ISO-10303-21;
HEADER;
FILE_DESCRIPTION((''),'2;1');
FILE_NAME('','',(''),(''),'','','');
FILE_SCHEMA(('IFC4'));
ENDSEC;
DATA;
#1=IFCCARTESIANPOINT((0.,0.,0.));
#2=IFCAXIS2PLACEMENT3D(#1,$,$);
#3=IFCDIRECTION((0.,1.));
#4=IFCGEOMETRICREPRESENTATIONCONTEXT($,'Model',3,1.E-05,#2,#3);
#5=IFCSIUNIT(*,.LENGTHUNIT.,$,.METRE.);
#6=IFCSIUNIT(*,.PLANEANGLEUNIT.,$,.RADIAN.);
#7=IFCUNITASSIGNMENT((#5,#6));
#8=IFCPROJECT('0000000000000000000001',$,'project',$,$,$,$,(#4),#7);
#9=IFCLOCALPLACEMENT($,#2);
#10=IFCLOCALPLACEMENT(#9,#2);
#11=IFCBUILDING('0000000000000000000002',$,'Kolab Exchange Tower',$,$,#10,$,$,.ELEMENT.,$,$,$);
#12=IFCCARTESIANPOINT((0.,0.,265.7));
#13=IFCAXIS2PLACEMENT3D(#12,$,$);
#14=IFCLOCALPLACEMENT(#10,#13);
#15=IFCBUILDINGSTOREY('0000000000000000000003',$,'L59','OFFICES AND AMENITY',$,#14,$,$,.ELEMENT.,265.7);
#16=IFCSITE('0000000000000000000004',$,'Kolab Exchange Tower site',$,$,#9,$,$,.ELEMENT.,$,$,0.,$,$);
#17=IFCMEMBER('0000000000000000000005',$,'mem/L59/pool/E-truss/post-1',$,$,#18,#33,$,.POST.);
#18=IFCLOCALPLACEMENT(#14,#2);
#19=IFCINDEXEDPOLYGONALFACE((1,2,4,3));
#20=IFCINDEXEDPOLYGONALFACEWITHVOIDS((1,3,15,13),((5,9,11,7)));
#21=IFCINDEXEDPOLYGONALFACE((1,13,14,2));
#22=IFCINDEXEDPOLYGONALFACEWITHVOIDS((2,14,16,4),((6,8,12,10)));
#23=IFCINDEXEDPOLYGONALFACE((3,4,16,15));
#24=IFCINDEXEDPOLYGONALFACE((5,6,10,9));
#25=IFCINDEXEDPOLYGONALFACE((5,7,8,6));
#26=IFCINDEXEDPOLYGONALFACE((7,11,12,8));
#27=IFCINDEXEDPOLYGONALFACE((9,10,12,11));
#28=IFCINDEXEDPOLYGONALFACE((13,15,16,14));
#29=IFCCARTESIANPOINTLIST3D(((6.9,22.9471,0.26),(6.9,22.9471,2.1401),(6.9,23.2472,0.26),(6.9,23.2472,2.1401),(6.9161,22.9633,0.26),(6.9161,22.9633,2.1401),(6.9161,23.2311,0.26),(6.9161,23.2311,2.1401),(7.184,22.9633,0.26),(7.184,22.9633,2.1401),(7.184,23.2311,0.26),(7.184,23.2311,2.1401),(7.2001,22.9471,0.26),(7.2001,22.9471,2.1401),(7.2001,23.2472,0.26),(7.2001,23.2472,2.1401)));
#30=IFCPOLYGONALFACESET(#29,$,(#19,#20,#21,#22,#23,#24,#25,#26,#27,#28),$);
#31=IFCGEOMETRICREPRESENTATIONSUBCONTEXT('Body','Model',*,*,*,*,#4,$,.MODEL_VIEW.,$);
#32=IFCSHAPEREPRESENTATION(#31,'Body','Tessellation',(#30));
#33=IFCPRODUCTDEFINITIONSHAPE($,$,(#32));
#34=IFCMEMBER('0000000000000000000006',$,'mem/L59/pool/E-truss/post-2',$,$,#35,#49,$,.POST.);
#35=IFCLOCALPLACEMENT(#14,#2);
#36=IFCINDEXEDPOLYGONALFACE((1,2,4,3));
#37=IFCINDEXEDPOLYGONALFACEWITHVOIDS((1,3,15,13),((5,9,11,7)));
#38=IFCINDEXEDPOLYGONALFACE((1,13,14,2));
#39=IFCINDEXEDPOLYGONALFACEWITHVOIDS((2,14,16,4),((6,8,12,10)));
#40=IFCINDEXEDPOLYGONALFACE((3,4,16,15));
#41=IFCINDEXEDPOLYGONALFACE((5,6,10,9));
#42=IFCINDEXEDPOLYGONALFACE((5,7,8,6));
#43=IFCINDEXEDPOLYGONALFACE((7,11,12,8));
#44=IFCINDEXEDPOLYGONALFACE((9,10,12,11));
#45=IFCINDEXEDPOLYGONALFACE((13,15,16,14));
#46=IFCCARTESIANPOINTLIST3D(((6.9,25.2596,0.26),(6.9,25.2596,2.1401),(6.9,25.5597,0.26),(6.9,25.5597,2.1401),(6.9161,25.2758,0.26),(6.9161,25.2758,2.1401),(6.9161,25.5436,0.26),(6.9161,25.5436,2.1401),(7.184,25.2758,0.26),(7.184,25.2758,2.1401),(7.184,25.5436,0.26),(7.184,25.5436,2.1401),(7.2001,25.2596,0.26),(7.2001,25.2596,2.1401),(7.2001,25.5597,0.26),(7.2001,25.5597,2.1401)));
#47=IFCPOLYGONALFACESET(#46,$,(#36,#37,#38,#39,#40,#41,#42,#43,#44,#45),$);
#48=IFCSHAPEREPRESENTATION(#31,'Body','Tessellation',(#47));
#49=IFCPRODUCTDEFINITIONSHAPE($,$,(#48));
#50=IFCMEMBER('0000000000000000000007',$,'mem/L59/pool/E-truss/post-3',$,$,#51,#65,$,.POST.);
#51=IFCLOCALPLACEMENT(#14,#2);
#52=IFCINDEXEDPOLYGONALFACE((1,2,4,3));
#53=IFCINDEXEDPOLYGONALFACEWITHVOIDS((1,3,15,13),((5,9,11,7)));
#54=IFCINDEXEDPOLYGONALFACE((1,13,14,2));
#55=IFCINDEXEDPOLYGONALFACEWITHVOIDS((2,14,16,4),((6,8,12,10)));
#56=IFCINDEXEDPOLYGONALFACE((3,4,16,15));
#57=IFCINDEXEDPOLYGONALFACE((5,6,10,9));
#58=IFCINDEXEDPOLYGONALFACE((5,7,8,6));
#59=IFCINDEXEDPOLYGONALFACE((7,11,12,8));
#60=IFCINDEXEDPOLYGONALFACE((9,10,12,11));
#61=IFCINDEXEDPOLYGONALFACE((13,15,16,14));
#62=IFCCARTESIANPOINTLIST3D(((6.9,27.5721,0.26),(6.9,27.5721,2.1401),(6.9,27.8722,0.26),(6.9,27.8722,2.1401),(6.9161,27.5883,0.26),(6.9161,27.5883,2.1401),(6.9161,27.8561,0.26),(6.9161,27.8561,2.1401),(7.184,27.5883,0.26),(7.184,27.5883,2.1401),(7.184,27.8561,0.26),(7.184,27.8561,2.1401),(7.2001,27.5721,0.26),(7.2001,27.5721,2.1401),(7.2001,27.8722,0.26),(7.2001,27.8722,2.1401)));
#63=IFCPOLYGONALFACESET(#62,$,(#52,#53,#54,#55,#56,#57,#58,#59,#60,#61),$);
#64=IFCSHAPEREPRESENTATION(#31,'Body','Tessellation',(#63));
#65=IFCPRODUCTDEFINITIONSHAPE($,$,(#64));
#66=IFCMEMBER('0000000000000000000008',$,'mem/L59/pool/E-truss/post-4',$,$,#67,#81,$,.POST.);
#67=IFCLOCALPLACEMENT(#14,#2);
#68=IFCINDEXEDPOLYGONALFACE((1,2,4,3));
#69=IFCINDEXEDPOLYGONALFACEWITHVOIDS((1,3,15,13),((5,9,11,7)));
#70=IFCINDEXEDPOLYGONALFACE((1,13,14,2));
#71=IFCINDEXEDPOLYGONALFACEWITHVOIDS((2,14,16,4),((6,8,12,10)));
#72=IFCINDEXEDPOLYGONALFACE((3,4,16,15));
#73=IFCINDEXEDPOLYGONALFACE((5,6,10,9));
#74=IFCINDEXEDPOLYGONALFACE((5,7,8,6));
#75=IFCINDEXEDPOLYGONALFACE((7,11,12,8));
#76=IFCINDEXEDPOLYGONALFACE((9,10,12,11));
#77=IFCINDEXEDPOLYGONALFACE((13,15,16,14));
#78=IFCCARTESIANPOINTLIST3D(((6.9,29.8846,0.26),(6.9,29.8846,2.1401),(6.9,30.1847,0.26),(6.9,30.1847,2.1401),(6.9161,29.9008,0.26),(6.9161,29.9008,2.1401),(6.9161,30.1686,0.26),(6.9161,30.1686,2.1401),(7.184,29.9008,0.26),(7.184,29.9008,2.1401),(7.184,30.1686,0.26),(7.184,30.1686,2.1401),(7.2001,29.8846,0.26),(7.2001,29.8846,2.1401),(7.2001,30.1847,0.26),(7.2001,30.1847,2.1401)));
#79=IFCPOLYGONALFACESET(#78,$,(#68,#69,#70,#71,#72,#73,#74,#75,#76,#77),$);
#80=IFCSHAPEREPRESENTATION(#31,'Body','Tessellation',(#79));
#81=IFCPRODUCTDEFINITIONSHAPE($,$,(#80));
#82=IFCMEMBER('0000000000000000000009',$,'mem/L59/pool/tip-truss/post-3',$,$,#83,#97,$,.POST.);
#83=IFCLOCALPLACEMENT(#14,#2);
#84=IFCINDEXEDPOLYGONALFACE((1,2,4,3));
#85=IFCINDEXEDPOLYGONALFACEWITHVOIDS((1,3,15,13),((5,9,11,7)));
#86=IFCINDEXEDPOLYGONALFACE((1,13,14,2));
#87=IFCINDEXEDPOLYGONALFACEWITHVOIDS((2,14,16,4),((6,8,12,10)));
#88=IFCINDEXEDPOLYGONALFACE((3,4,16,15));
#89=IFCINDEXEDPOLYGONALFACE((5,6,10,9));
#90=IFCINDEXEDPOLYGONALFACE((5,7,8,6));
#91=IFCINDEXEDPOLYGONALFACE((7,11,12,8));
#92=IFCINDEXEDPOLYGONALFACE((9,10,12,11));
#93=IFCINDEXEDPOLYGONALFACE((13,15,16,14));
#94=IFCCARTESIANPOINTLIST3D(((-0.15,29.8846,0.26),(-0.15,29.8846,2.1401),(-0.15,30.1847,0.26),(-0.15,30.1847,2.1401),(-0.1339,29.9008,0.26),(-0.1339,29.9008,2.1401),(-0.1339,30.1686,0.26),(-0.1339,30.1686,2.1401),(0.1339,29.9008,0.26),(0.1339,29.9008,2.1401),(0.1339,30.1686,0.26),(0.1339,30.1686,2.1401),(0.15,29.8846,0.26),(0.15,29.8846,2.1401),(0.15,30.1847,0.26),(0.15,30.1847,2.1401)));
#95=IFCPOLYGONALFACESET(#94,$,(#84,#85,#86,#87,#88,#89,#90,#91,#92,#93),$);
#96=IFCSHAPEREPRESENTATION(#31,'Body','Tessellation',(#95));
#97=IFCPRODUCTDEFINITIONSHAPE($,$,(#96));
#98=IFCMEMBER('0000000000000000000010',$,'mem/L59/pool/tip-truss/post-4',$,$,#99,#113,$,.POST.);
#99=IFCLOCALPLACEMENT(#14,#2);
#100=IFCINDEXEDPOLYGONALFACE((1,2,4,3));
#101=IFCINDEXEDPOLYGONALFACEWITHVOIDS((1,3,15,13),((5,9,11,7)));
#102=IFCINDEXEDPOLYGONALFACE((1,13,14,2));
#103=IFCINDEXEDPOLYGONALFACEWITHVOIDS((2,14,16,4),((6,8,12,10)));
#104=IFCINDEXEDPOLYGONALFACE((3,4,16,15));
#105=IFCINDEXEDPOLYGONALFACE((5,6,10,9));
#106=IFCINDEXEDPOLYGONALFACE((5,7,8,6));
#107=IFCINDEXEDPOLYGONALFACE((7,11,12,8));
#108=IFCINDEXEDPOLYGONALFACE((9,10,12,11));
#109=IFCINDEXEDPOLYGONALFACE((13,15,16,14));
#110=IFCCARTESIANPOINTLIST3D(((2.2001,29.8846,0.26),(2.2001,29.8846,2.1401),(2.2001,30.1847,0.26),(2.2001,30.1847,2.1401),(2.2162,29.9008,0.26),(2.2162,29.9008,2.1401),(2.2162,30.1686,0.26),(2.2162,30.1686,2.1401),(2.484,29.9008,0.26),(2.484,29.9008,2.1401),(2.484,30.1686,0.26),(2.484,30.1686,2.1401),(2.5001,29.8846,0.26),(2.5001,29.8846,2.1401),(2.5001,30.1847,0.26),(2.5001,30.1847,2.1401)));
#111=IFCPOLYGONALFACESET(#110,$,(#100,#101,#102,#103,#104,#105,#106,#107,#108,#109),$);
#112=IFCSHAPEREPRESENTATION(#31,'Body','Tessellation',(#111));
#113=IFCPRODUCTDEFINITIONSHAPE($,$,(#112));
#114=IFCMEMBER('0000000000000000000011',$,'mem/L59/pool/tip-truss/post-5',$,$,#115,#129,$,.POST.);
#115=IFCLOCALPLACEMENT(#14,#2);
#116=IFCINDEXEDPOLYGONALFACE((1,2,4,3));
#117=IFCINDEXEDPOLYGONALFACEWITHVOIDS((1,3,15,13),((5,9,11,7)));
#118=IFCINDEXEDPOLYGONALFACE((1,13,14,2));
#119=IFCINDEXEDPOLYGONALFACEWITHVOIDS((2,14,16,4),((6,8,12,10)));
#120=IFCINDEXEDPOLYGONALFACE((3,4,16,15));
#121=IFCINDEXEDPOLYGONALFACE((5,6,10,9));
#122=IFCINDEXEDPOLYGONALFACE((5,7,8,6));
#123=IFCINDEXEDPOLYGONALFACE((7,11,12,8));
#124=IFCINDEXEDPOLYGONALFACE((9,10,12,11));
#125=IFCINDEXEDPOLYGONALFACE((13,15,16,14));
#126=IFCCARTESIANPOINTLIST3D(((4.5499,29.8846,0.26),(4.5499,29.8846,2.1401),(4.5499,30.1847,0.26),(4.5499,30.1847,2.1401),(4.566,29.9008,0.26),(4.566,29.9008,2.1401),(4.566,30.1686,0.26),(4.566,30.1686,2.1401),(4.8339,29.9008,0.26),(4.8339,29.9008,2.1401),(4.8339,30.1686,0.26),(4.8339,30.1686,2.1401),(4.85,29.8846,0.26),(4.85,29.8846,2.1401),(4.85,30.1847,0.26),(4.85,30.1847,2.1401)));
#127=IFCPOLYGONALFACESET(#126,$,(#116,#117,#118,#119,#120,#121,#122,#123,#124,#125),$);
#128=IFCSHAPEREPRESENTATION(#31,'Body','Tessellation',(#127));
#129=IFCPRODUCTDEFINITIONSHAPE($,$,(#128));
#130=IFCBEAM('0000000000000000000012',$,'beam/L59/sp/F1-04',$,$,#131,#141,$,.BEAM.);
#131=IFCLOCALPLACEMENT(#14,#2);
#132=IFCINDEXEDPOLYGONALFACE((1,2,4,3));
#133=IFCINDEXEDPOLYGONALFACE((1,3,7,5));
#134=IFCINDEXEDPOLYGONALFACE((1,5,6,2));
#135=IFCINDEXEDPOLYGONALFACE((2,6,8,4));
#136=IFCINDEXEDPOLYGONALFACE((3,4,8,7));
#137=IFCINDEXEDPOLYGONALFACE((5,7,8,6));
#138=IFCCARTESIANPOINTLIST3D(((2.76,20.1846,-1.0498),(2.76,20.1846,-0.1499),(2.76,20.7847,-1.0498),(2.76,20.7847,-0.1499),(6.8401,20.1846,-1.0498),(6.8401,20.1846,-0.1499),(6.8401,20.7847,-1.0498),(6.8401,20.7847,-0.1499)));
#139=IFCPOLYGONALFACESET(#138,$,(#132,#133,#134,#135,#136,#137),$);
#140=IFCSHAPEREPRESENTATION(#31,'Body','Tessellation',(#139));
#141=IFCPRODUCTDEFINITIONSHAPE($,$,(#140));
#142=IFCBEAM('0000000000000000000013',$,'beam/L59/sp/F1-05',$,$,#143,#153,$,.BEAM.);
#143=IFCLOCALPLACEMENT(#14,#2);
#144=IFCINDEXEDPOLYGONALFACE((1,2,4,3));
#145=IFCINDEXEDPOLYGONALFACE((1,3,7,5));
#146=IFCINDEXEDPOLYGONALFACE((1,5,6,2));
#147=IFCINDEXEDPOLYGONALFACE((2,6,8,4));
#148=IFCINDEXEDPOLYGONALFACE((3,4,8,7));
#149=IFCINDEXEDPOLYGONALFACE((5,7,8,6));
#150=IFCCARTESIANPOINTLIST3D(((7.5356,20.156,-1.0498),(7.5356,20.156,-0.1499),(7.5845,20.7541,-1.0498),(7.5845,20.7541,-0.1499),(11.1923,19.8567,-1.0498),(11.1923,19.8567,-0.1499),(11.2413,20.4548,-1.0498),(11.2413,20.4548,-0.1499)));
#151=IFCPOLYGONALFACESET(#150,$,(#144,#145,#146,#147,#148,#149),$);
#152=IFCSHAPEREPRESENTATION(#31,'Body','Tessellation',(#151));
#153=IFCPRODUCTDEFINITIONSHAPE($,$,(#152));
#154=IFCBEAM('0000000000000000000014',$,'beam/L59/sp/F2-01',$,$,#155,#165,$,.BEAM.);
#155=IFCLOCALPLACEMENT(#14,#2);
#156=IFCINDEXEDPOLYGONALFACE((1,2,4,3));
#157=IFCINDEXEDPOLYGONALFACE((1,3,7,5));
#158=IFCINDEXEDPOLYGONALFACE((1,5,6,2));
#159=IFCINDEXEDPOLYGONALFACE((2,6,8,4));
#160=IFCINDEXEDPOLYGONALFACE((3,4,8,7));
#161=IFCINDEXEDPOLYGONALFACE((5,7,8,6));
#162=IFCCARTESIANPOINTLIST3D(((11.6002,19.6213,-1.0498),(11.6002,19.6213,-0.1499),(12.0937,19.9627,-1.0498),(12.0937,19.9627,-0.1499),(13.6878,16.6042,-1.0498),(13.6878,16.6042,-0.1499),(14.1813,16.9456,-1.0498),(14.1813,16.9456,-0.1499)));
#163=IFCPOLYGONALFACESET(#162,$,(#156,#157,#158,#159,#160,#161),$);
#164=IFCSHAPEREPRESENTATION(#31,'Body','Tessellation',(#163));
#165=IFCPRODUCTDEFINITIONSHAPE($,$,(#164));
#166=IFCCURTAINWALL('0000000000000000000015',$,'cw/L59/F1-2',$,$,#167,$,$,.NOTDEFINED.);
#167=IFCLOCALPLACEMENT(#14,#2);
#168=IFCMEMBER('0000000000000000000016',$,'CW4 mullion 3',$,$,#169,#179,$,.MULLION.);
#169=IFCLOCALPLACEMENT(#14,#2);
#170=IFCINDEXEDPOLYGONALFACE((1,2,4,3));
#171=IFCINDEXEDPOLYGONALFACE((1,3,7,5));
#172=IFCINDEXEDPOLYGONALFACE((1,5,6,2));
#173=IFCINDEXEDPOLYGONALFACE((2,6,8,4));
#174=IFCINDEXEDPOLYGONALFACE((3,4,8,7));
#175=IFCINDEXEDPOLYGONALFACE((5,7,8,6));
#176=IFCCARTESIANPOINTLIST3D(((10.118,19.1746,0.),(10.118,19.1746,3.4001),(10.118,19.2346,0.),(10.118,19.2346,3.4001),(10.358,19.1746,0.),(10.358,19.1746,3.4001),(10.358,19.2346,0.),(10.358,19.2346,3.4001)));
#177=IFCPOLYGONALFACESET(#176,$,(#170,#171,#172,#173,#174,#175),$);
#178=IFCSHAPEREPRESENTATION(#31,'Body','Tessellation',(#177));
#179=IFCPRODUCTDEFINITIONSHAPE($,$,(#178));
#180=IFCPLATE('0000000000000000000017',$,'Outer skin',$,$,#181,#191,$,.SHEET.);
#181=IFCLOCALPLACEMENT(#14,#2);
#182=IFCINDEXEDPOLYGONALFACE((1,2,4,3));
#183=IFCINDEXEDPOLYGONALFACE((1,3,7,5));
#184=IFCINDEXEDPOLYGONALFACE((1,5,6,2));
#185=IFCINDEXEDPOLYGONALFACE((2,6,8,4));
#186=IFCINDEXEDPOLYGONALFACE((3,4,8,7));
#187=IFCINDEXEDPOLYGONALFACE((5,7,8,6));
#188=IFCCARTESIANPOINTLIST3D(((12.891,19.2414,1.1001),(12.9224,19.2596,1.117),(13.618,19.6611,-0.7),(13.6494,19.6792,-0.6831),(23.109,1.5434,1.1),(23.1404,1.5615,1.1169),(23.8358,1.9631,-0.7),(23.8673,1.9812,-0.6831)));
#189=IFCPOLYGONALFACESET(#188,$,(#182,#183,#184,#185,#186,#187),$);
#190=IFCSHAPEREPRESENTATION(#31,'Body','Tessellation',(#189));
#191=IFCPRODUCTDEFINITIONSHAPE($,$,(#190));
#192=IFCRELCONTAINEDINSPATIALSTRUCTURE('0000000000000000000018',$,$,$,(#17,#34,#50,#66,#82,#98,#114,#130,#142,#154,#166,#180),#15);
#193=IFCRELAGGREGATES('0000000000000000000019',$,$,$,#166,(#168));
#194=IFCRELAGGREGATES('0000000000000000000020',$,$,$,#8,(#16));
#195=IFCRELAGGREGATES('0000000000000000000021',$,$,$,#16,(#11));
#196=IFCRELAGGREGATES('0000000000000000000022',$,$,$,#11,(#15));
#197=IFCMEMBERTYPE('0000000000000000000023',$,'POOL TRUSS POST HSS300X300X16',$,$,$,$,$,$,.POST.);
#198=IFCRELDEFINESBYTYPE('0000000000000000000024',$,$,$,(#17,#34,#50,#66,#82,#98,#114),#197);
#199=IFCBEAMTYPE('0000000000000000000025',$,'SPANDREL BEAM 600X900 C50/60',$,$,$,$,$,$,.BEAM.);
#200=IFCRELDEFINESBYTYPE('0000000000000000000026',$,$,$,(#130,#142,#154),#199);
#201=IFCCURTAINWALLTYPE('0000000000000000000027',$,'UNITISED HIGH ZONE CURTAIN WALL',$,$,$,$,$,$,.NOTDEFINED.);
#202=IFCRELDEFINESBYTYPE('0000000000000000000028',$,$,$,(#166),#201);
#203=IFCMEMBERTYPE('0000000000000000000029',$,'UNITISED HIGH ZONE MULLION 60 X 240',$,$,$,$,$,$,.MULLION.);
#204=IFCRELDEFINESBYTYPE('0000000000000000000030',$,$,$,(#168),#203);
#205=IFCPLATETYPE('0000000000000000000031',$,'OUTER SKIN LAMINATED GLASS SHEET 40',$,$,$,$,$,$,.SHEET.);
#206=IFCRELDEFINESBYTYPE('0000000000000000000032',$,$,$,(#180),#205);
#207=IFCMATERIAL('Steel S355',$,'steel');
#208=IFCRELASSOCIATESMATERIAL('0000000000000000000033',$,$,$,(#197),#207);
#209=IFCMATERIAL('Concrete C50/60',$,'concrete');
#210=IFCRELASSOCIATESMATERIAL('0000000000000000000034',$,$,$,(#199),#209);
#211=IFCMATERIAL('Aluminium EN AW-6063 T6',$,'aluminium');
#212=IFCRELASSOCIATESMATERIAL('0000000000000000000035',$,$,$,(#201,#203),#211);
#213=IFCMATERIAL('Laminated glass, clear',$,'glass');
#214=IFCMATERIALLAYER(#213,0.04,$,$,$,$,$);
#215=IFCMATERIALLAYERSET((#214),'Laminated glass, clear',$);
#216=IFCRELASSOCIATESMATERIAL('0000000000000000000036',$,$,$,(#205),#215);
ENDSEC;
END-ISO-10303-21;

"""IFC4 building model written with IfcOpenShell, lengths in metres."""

from ifc_helpers import new_model, si_unit, direction, frame, origin, origin_2d, place, context, subcontext, project, spatial, polyline, rectangle, hollow_rectangle, outline, extrude, material, layer, layer_set, material_profile, profile_set, type_object, element, aggregate, save


model = new_model("IFC4")

# Units and contexts
model_context = context("Model", 3, precision=1e-05, world=origin(), true_north=direction((0.0, 1.0)))
body_context = subcontext(model_context, "Body", "Model", "MODEL_VIEW")
ifc_project = project(units=[si_unit("LENGTHUNIT", "METRE"), si_unit("PLANEANGLEUNIT", "RADIAN")], contexts=[model_context])

# Site, building, storey
site_placement = place(None, origin())
site = spatial("IfcSite", under=ifc_project, at=site_placement, Name="Kolab Exchange Tower site", CompositionType="ELEMENT", RefElevation=0.0)
building_placement = place(site_placement, origin())
building = spatial("IfcBuilding", under=site, at=building_placement, Name="Kolab Exchange Tower", CompositionType="ELEMENT")
storey_placement = place(building_placement, frame((0.0, 0.0, 265.7)))
storey = spatial("IfcBuildingStorey", under=building, at=storey_placement, Name="L59", Description="OFFICES AND AMENITY", CompositionType="ELEMENT", Elevation=265.7)

# Shared definitions
ifc_material_1 = material(Name="Concrete C50/60", Category="concrete")

# Shared definitions
ifc_material_2 = material(Name="Steel S355", Category="steel")

# Members
ifc_material_profile_1 = material_profile(ifc_material_2, hollow_rectangle(XDim=0.3, YDim=0.3, WallThickness=0.0161, at=origin_2d()), Name="HSS300X300X16")
ifc_profile_set_1 = profile_set([ifc_material_profile_1], Name="Steel S355")
member_type_1 = type_object("IfcMemberType", Name="POOL TRUSS POST HSS300X300X16", PredefinedType="POST", material=ifc_profile_set_1)
for number, where, z_axis, x_axis, name in (
    (1, (7.05, 23.0972, 0.26), (0.0, 0.0, 1.0), (1.0, 0.0, 0.0), "mem/L59/pool/E-truss/post-1"),
    (2, (7.05, 25.4097, 0.26), (0.0, 0.0, 1.0), (1.0, 0.0, 0.0), "mem/L59/pool/E-truss/post-2"),
    (3, (7.05, 27.7222, 0.26), (0.0, 0.0, 1.0), (1.0, 0.0, 0.0), "mem/L59/pool/E-truss/post-3"),
    (4, (7.05, 30.0347, 0.26), (0.0, 0.0, 1.0), (1.0, 0.0, 0.0), "mem/L59/pool/E-truss/post-4"),
    (5, (0.0, 30.0347, 0.26), (0.0, 0.0, 1.0), (1.0, 0.0, 0.0), "mem/L59/pool/tip-truss/post-3"),
    (6, (2.3501, 30.0347, 0.26), (0.0, 0.0, 1.0), (1.0, 0.0, 0.0), "mem/L59/pool/tip-truss/post-4"),
    (7, (4.7, 30.0347, 0.26), (0.0, 0.0, 1.0), (1.0, 0.0, 0.0), "mem/L59/pool/tip-truss/post-5"),
):
    element("IfcMember", number, at=place(storey_placement, frame(where, z_axis=z_axis, x_axis=x_axis)), inside=storey, type_object=member_type_1, Name=name, PredefinedType="POST", context=body_context, shape_type="SweptSolid", body=[
        extrude(hollow_rectangle(XDim=0.3, YDim=0.3, WallThickness=0.0161, at=origin_2d()), origin(), (0.0, 0.0, 1.0), 1.8801),
    ])

# Beams
ifc_material_profile_2 = material_profile(ifc_material_1, rectangle(XDim=0.6001, YDim=0.8999, at=origin_2d()), Name="RC600X900")
ifc_profile_set_2 = profile_set([ifc_material_profile_2], Name="Concrete C50/60")
beam_type_1 = type_object("IfcBeamType", Name="SPANDREL BEAM 600X900 C50/60", PredefinedType="BEAM", material=ifc_profile_set_2)
beam_1_placement = place(storey_placement, frame((2.76, 20.4846, -0.5999), z_axis=(1.0, 0.0, 0.0), x_axis=(0.0, 1.0, 0.0)))
element("IfcBeam", 8, at=beam_1_placement, inside=storey, type_object=beam_type_1, Name="beam/L59/sp/F1-04", PredefinedType="BEAM", context=body_context, shape_type="SweptSolid", body=[
    extrude(rectangle(XDim=0.6001, YDim=0.8999, at=origin_2d()), origin(), (0.0, 0.0, 1.0), 4.0801),
])
for number, where, z_axis, x_axis, name in (
    (9, (7.5601, 20.4551, -0.5999), (0.996667, -0.081581, 0.0), (0.081581, 0.996667, 0.0), "beam/L59/sp/F1-05"),
    (10, (11.8469, 19.792, -0.5999), (0.569006, -0.822334, 0.0), (0.822334, 0.569006, 0.0), "beam/L59/sp/F2-01"),
):
    element("IfcBeam", number, at=place(storey_placement, frame(where, z_axis=z_axis, x_axis=x_axis)), inside=storey, type_object=beam_type_1, Name=name, PredefinedType="BEAM", context=body_context, shape_type="SweptSolid", body=[
        extrude(rectangle(XDim=0.6001, YDim=0.8999, at=origin_2d()), origin(), (0.0, 0.0, 1.0), 3.6689),
    ])

# Curtain wall, member
ifc_material_3 = material(Name="Aluminium EN AW-6063 T6", Category="aluminium")
curtain_wall_type = type_object("IfcCurtainWallType", Name="UNITISED HIGH ZONE CURTAIN WALL", PredefinedType="NOTDEFINED", material=ifc_material_3)
curtain_wall_placement = place(storey_placement, origin())
curtain_wall = element("IfcCurtainWall", 11, at=curtain_wall_placement, inside=storey, type_object=curtain_wall_type, Name="cw/L59/F1-2", PredefinedType="NOTDEFINED")
ifc_material_profile_3 = material_profile(ifc_material_3, rectangle(XDim=0.0601, YDim=0.24, at=origin_2d()), Name="RECT 60X240")
ifc_profile_set_3 = profile_set([ifc_material_profile_3], Name="Aluminium EN AW-6063 T6")
member_type_2 = type_object("IfcMemberType", Name="UNITISED HIGH ZONE MULLION 60 X 240", PredefinedType="MULLION", material=ifc_profile_set_3)
member_1_placement = place(storey_placement, frame((10.238, 19.2046, 0.0), z_axis=(0.0, 0.0, 1.0), x_axis=(0.0, 1.0, 0.0)))
member_1 = element("IfcMember", 12, at=member_1_placement, type_object=member_type_2, Name="CW4 mullion 3", PredefinedType="MULLION", context=body_context, shape_type="SweptSolid", body=[
    extrude(rectangle(XDim=0.0601, YDim=0.24, at=origin_2d()), origin(), (0.0, 0.0, 1.0), 3.4001),
])
aggregate(curtain_wall, [member_1])

# Plate
ifc_material_4 = material(Name="Laminated glass, clear", Category="glass")
ifc_layer = layer(ifc_material_4, 0.04)
ifc_layer_set = layer_set([ifc_layer], Name="Laminated glass, clear")
plate_type = type_object("IfcPlateType", Name="OUTER SKIN LAMINATED GLASS SHEET 40", PredefinedType="SHEET", material=ifc_layer_set)
plate_placement = place(storey_placement, frame((13.6494, 19.6792, -0.6831), z_axis=(0.784886, 0.453152, 0.422619), x_axis=(0.499997, -0.866027, 0.000002)))
element("IfcPlate", 13, at=plate_placement, inside=storey, type_object=plate_type, Name="Outer skin", PredefinedType="SHEET", context=body_context, shape_type="SweptSolid", body=[
    extrude(outline(polyline([(0.0, 0.0), (20.4358, 0.0), (20.4359, -1.9861), (-0.0001, -1.9862), (0.0, 0.0)])), origin(), (0.0, 0.0, -1.0), 0.04),
])

save(model, "model.ifc")
